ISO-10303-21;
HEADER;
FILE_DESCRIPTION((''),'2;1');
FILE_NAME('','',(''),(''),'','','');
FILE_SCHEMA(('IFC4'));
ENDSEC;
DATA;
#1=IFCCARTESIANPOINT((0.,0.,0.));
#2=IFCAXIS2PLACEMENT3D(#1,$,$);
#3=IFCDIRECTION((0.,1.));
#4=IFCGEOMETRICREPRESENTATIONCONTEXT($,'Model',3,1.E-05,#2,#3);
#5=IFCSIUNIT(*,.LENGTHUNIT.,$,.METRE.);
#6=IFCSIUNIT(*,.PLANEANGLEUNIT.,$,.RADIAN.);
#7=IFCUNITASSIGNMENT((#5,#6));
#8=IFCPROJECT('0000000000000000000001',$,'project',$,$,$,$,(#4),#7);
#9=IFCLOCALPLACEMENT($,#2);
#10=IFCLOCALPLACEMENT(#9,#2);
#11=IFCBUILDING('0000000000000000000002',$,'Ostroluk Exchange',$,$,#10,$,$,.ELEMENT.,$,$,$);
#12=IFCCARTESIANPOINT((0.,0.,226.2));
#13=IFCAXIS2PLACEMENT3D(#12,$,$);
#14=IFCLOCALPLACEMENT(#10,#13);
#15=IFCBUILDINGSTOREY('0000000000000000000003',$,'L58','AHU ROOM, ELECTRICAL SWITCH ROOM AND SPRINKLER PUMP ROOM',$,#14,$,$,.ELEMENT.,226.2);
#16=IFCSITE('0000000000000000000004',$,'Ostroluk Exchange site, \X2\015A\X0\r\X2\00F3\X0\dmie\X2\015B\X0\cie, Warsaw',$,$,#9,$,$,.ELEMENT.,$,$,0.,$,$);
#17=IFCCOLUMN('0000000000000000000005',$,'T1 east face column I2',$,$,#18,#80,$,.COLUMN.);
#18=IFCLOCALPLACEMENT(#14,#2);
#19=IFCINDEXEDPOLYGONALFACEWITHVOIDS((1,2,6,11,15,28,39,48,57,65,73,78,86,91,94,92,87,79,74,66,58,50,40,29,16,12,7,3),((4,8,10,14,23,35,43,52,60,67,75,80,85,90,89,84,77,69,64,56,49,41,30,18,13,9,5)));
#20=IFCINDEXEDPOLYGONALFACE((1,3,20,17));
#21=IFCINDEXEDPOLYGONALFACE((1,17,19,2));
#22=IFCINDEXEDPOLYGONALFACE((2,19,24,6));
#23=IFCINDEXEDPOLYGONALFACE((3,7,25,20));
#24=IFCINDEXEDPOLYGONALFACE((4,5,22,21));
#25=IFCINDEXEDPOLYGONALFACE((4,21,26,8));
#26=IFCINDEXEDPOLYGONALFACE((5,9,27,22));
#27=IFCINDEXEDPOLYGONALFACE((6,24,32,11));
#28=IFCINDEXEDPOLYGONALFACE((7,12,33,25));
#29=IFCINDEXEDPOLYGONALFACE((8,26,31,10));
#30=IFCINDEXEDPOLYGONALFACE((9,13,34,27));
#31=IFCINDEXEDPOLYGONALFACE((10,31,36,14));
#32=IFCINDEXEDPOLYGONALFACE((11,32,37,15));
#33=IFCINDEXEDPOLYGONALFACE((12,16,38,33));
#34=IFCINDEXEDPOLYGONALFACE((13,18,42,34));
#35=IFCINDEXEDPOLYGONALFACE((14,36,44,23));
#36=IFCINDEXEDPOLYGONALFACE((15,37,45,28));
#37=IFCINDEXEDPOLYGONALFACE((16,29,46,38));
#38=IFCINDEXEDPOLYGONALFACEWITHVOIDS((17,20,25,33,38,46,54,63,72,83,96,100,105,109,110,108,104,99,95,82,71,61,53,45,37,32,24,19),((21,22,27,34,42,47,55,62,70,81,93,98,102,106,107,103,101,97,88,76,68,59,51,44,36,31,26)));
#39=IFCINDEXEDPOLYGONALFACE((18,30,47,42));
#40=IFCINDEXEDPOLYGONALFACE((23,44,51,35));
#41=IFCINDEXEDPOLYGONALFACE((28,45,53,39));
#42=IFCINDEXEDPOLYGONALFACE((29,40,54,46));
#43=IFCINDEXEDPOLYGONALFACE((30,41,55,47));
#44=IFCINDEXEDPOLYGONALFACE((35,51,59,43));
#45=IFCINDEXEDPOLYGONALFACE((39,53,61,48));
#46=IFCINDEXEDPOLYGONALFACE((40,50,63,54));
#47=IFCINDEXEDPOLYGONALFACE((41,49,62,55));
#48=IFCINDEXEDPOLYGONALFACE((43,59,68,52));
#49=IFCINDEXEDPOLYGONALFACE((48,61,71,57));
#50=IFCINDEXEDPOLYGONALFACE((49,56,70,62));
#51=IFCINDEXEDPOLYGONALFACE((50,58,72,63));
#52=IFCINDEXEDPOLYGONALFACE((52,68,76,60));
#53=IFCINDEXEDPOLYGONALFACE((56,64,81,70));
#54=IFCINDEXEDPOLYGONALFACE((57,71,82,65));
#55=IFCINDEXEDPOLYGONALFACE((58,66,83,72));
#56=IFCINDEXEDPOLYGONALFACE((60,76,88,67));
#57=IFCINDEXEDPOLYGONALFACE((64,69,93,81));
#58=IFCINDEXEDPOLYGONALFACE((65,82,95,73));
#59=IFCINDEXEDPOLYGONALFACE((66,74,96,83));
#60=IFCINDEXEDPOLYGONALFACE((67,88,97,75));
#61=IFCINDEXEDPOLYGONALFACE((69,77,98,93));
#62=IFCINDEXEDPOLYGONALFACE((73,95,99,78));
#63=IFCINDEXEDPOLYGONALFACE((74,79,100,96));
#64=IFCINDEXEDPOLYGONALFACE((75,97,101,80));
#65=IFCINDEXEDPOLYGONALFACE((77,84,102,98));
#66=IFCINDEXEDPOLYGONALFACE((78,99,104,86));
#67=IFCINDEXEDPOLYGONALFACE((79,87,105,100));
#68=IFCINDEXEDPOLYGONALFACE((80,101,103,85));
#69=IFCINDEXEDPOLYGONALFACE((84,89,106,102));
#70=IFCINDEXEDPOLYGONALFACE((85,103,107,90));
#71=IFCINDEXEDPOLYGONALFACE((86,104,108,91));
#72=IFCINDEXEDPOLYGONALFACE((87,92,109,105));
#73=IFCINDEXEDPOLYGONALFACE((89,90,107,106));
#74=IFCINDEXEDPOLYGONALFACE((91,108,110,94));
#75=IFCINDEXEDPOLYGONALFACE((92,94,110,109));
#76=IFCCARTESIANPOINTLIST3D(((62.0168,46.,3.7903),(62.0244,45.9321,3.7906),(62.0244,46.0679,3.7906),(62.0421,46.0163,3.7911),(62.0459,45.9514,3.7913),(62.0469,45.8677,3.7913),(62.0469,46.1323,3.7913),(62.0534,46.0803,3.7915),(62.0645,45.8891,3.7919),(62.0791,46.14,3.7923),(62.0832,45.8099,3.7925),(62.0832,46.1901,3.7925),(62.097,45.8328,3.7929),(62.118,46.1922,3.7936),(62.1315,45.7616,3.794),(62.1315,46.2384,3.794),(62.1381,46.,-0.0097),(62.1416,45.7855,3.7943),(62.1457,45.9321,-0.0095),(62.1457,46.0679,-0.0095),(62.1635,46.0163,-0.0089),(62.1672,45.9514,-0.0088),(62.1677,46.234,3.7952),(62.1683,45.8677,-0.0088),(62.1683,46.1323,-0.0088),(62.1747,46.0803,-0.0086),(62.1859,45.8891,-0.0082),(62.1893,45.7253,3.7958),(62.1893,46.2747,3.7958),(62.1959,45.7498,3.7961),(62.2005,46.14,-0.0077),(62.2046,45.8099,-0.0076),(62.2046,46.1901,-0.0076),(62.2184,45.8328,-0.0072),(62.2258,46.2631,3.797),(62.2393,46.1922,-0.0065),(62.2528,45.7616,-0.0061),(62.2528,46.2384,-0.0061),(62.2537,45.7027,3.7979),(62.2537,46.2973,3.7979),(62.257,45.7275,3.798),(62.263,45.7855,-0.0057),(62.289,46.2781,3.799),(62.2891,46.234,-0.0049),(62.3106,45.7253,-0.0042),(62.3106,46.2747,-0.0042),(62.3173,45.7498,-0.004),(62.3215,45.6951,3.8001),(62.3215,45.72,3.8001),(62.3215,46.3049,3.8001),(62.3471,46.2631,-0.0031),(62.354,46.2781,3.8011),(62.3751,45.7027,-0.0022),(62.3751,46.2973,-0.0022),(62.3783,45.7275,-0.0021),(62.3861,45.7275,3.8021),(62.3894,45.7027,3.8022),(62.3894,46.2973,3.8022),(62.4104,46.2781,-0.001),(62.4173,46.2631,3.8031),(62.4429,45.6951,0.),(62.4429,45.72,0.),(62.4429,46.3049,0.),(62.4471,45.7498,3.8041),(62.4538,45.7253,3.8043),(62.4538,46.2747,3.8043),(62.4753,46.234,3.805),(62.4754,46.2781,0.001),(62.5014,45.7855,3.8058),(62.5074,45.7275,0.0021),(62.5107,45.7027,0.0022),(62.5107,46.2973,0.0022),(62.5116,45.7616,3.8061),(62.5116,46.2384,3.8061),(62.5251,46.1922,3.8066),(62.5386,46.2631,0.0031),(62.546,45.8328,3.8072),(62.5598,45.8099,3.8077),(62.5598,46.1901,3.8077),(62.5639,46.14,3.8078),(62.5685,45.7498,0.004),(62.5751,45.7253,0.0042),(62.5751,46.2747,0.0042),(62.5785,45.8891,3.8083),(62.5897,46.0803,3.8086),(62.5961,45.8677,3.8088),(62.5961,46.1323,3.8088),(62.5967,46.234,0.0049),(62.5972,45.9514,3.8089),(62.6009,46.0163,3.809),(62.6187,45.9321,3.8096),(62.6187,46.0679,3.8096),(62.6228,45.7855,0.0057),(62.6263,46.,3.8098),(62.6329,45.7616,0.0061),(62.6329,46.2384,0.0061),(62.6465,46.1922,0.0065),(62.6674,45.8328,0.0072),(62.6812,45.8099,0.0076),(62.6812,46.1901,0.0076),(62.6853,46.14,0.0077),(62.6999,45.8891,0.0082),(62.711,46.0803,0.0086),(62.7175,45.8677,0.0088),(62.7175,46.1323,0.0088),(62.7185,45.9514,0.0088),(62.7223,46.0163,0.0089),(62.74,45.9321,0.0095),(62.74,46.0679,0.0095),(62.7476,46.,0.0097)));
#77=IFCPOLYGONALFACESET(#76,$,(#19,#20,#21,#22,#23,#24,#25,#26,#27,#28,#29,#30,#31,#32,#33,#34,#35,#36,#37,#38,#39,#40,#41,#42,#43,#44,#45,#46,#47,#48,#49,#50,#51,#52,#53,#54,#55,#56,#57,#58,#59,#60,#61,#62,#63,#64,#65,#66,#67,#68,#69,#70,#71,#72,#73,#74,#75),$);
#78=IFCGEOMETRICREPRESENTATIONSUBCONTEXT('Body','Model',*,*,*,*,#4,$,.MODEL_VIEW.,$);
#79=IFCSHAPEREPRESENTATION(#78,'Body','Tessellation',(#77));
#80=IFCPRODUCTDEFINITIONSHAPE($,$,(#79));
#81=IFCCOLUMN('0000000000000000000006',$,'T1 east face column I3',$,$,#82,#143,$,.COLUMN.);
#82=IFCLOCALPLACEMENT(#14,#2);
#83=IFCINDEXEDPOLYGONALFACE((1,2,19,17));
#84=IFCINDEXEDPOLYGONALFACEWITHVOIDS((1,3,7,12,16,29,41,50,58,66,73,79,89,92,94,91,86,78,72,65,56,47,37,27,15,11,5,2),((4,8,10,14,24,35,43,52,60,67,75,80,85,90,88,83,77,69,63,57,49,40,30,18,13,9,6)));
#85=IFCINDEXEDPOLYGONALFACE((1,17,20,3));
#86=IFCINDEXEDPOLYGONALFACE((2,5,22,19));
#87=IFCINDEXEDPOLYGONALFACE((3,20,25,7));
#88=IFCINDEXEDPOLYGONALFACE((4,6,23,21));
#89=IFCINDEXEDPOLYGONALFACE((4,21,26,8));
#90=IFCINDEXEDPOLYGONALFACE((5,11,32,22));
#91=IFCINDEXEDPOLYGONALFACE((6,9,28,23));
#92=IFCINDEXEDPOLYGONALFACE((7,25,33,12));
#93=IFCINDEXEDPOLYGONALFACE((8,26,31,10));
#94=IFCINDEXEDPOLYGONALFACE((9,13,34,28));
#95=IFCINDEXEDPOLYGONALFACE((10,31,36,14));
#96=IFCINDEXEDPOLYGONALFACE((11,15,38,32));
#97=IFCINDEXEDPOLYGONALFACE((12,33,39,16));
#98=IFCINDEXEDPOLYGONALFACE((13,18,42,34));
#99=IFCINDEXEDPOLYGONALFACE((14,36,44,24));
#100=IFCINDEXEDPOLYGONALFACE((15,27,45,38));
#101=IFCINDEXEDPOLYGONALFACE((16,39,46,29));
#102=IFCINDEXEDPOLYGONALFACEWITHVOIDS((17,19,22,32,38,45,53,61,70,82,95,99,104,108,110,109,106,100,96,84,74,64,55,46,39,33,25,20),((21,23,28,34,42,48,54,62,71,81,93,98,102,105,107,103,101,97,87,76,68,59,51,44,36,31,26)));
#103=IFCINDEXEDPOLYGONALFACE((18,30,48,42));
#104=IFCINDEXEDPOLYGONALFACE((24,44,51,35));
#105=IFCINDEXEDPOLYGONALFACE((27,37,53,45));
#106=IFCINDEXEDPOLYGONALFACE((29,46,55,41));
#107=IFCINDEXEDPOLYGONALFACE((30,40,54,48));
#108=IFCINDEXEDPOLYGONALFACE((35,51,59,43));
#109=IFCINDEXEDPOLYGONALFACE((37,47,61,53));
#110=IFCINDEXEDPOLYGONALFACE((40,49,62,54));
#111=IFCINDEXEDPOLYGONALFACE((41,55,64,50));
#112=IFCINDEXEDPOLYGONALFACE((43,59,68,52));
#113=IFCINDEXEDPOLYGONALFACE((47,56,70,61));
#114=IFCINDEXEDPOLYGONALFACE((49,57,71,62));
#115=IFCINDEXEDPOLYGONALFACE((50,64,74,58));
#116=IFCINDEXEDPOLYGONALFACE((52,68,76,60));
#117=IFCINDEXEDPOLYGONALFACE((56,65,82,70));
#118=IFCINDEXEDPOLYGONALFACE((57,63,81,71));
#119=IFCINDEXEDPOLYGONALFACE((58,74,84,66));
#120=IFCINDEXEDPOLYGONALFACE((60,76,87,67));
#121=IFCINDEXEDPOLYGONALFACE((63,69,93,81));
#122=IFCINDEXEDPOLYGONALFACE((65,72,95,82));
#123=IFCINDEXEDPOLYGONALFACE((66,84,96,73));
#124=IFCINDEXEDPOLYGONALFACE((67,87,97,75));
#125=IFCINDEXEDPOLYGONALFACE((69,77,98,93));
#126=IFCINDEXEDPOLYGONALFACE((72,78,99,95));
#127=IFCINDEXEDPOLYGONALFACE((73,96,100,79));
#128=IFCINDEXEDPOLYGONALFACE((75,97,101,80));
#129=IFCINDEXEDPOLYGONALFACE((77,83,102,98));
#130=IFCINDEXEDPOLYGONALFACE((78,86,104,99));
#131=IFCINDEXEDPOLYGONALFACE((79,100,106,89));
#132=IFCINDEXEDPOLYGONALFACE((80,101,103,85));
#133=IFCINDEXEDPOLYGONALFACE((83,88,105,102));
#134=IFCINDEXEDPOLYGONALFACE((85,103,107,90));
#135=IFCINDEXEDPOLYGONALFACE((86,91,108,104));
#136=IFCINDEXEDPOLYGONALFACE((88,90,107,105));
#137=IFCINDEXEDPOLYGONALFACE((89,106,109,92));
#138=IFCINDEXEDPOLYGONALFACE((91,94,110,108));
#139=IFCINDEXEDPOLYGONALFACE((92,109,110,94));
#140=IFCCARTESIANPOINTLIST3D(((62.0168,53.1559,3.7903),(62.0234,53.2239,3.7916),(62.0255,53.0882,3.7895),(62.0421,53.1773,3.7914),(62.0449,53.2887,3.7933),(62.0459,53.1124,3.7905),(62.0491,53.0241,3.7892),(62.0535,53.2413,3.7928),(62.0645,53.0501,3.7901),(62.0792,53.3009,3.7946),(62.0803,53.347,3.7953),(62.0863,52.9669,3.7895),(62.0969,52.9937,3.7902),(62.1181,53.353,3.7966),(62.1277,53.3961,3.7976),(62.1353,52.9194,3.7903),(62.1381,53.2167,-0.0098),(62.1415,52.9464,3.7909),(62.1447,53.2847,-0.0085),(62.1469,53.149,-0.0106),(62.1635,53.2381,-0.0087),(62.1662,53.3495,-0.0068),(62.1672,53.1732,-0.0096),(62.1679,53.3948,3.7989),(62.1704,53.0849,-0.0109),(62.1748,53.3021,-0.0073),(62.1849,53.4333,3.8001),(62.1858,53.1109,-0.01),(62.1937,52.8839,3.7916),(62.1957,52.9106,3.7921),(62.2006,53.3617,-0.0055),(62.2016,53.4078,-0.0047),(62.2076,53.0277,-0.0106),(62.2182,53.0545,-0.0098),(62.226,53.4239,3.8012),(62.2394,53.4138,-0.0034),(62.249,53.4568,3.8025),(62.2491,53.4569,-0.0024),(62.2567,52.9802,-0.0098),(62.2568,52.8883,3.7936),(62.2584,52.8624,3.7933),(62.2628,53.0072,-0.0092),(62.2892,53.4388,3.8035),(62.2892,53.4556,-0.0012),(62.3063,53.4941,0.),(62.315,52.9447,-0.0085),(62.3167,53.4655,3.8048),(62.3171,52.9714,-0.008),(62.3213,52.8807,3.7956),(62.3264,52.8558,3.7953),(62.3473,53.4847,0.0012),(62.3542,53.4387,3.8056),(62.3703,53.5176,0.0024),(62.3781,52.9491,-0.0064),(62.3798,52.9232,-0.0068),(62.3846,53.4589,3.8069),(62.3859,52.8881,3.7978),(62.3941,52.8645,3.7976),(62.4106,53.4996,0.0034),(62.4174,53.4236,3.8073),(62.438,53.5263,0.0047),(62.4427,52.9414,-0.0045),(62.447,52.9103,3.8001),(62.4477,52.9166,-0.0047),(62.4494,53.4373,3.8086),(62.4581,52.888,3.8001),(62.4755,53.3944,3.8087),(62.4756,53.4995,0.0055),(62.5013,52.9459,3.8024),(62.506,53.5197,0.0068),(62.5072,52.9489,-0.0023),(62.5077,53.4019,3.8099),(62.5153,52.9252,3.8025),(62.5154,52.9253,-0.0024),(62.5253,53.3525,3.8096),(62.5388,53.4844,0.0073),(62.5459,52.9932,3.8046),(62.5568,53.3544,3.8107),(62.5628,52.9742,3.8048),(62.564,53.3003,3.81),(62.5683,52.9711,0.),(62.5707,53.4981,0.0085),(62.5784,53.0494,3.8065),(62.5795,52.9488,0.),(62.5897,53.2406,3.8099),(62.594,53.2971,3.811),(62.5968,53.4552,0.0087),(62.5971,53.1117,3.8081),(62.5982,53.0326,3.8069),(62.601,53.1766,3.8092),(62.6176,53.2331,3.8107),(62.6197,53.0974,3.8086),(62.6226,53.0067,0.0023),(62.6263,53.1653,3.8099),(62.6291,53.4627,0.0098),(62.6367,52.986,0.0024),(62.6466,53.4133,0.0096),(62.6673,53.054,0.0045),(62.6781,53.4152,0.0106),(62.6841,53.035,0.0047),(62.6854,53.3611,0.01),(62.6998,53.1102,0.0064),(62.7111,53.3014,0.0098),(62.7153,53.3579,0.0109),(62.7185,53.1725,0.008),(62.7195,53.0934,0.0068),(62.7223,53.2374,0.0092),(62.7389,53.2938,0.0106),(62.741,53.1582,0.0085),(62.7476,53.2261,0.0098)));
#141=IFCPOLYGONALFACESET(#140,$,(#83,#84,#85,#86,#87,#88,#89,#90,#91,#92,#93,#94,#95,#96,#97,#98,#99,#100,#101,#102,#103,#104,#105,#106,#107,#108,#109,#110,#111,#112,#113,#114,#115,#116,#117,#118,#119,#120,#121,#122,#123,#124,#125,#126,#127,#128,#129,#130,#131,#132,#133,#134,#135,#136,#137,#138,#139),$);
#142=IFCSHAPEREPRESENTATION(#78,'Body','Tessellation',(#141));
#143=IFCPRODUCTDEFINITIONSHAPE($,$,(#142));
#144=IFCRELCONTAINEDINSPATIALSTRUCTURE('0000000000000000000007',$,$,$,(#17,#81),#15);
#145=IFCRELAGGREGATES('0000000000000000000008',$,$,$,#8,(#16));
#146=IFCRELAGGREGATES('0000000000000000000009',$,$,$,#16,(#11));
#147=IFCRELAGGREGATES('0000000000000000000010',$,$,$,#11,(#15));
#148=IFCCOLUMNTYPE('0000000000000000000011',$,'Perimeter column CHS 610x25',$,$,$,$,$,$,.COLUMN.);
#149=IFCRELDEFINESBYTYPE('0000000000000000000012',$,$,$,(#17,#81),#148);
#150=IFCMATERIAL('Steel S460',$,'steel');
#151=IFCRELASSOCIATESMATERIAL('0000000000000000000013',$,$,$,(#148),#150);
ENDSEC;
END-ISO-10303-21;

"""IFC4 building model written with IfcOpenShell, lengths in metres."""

from ifc_helpers import new_model, si_unit, direction, frame, origin, origin_2d, place, context, subcontext, project, spatial, hollow_circle, extrude, material, material_profile, profile_set, type_object, element, save


model = new_model("IFC4")

# Units and contexts
model_context = context("Model", 3, precision=1e-05, world=origin(), true_north=direction((0.0, 1.0)))
body_context = subcontext(model_context, "Body", "Model", "MODEL_VIEW")
ifc_project = project(units=[si_unit("LENGTHUNIT", "METRE"), si_unit("PLANEANGLEUNIT", "RADIAN")], contexts=[model_context])

# Site, building, storey
site_placement = place(None, origin())
site = spatial("IfcSite", under=ifc_project, at=site_placement, Name="Ostroluk Exchange site, Śródmieście, Warsaw", CompositionType="ELEMENT", RefElevation=0.0)
building_placement = place(site_placement, origin())
building = spatial("IfcBuilding", under=site, at=building_placement, Name="Ostroluk Exchange", CompositionType="ELEMENT")
storey_placement = place(building_placement, frame((0.0, 0.0, 226.2)))
storey = spatial("IfcBuildingStorey", under=building, at=storey_placement, Name="L58", Description="AHU ROOM, ELECTRICAL SWITCH ROOM AND SPRINKLER PUMP ROOM", CompositionType="ELEMENT", Elevation=226.2)

# Columns
ifc_material_1 = material(Name="Steel S460", Category="steel")
ifc_material_profile_1 = material_profile(ifc_material_1, hollow_circle(Radius=0.3049, WallThickness=0.0249, at=origin_2d()), Name="CHS 610x25")
ifc_profile_set_1 = profile_set([ifc_material_profile_1], Name="Steel S460")
column_type = type_object("IfcColumnType", Name="Perimeter column CHS 610x25", PredefinedType="COLUMN", material=ifc_profile_set_1)
column_1_placement = place(storey_placement, frame((62.4429, 46.0, 0.0), z_axis=(-0.031914, 0.0, 0.999491), x_axis=(0.0, -1.0, 0.0)))
element("IfcColumn", 1, at=column_1_placement, inside=storey, type_object=column_type, Name="T1 east face column I2", PredefinedType="COLUMN", context=body_context, shape_type="SweptSolid", body=[
    extrude(hollow_circle(Radius=0.3049, WallThickness=0.0249, at=origin_2d()), origin(), (0.0, 0.0, 1.0), 3.802),
])
column_2_placement = place(storey_placement, frame((62.4429, 53.2214, 0.0), z_axis=(-0.03191, -0.015987, 0.999363), x_axis=(0.447933, -0.894067, 0.0)))
element("IfcColumn", 2, at=column_2_placement, inside=storey, type_object=column_type, Name="T1 east face column I3", PredefinedType="COLUMN", context=body_context, shape_type="SweptSolid", body=[
    extrude(hollow_circle(Radius=0.3049, WallThickness=0.0249, at=origin_2d()), origin(), (0.0, 0.0, 1.0), 3.8025),
])

save(model, "model.ifc")
